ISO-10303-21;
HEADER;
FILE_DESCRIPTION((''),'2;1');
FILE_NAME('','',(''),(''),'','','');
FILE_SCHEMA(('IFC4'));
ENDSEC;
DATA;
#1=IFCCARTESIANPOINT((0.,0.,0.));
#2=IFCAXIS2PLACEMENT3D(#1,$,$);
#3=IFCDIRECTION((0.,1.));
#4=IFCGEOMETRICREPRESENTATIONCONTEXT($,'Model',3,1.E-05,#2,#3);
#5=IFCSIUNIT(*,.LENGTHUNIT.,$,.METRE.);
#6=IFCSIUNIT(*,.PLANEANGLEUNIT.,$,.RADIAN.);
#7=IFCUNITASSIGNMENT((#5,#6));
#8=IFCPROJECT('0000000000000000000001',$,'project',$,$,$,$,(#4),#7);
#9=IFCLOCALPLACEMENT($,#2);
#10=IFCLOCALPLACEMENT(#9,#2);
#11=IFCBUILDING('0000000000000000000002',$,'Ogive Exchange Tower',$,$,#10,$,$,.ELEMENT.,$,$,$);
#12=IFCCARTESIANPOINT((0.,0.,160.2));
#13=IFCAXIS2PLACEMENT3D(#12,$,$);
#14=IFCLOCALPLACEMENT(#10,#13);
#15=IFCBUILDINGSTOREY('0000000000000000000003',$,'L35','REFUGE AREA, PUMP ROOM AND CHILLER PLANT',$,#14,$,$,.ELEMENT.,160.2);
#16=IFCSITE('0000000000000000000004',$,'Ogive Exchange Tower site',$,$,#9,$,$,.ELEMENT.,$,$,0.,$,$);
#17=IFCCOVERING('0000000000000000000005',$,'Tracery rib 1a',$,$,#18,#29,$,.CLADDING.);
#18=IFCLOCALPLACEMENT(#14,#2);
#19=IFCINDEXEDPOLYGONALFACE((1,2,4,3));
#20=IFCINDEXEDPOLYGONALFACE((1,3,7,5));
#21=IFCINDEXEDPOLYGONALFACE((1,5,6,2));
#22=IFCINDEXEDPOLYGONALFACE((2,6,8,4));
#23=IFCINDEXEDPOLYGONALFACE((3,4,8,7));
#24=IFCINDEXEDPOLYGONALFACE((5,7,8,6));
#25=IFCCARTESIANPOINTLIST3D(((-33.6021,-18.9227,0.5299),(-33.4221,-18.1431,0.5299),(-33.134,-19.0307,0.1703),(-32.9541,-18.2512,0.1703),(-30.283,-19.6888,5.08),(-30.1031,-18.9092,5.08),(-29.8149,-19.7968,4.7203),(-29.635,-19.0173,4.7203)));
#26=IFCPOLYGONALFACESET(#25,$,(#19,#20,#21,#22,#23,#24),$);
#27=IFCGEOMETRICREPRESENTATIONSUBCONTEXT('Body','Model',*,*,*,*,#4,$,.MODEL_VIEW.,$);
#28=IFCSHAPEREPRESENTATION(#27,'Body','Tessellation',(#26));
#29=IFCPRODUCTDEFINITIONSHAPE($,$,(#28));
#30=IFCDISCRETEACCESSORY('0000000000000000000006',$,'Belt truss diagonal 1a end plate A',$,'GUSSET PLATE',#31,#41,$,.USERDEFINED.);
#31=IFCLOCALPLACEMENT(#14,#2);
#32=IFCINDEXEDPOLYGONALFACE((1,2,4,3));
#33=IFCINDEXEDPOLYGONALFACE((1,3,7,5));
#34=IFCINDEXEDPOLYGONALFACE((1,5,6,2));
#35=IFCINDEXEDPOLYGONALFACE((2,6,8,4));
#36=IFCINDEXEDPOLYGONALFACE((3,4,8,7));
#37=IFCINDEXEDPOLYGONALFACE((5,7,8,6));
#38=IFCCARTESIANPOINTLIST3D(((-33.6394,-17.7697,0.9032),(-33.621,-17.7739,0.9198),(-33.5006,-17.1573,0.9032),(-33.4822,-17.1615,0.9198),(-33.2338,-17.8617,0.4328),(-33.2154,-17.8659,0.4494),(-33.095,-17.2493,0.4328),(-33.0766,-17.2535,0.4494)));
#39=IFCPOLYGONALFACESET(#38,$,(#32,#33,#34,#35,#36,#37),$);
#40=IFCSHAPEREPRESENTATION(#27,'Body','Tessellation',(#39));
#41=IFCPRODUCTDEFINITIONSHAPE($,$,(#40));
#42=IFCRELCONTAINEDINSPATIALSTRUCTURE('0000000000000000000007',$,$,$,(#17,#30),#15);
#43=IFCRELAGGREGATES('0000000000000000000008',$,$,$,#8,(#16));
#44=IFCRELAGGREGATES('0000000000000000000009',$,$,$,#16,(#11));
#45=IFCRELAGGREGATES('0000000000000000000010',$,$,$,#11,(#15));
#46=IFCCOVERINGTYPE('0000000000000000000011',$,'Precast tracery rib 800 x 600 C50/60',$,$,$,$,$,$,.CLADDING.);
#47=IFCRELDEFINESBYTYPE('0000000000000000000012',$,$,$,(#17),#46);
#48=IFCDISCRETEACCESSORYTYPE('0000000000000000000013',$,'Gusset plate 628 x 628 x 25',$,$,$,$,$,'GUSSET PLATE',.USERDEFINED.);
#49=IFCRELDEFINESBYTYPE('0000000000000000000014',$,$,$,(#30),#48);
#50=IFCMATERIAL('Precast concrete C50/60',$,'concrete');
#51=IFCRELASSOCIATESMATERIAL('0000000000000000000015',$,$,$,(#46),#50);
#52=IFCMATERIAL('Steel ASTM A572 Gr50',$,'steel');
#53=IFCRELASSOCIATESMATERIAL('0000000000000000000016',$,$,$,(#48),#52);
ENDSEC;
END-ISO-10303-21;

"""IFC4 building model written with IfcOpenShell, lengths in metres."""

from ifc_helpers import new_model, si_unit, direction, frame, origin, origin_2d, place, context, subcontext, project, spatial, rectangle, extrude, material, material_profile, profile_set, type_object, element, save


model = new_model("IFC4")

# Units and contexts
model_context = context("Model", 3, precision=1e-05, world=origin(), true_north=direction((0.0, 1.0)))
body_context = subcontext(model_context, "Body", "Model", "MODEL_VIEW")
ifc_project = project(units=[si_unit("LENGTHUNIT", "METRE"), si_unit("PLANEANGLEUNIT", "RADIAN")], contexts=[model_context])

# Site, building, storey
site_placement = place(None, origin())
site = spatial("IfcSite", under=ifc_project, at=site_placement, Name="Ogive Exchange Tower site", CompositionType="ELEMENT", RefElevation=0.0)
building_placement = place(site_placement, origin())
building = spatial("IfcBuilding", under=site, at=building_placement, Name="Ogive Exchange Tower", CompositionType="ELEMENT")
storey_placement = place(building_placement, frame((0.0, 0.0, 160.2)))
storey = spatial("IfcBuildingStorey", under=building, at=storey_placement, Name="L35", Description="REFUGE AREA, PUMP ROOM AND CHILLER PLANT", CompositionType="ELEMENT", Elevation=160.2)

# Covering
ifc_material_1 = material(Name="Precast concrete C50/60", Category="concrete")
ifc_material_profile_1 = material_profile(ifc_material_1, rectangle(XDim=0.8, YDim=0.6001, at=origin_2d()), Name="RIB 800 x 600")
ifc_profile_set_1 = profile_set([ifc_material_profile_1], Name="Precast concrete C50/60")
covering_type = type_object("IfcCoveringType", Name="Precast tracery rib 800 x 600 C50/60", PredefinedType="CLADDING", material=ifc_profile_set_1)
covering_1_placement = place(storey_placement, frame((-33.2781, -18.5869, 0.3501), z_axis=(0.58395, -0.134788, 0.800521), x_axis=(0.224907, 0.97438, 0.0)))
element("IfcCovering", 1, at=covering_1_placement, inside=storey, type_object=covering_type, Name="Tracery rib 1a", PredefinedType="CLADDING", context=body_context, shape_type="SweptSolid", body=[
    extrude(rectangle(XDim=0.8, YDim=0.6001, at=origin_2d()), origin(), (0.0, 0.0, 1.0), 5.6838),
])

# Discrete accessory
ifc_material_2 = material(Name="Steel ASTM A572 Gr50", Category="steel")
ifc_material_profile_2 = material_profile(ifc_material_2, rectangle(XDim=0.6279, YDim=0.6279, at=origin_2d()), Name="PL 628 x 628 x 25")
ifc_profile_set_2 = profile_set([ifc_material_profile_2], Name="Steel ASTM A572 Gr50")
discrete_accessory_type = type_object("IfcDiscreteAccessoryType", Name="Gusset plate 628 x 628 x 25", ElementType="GUSSET PLATE", PredefinedType="USERDEFINED", material=ifc_profile_set_2)
discrete_accessory_placement = place(storey_placement, frame((-33.3672, -17.5095, 0.668), z_axis=(0.730604, -0.165604, 0.662414), x_axis=(0.221059, 0.97526, 0.0)))
element("IfcDiscreteAccessory", 2, at=discrete_accessory_placement, inside=storey, type_object=discrete_accessory_type, Name="Belt truss diagonal 1a end plate A", ObjectType="GUSSET PLATE", PredefinedType="USERDEFINED", context=body_context, shape_type="SweptSolid", body=[
    extrude(rectangle(XDim=0.6279, YDim=0.6279, at=origin_2d()), origin(), (0.0, 0.0, 1.0), 0.0251),
])

save(model, "model.ifc")
